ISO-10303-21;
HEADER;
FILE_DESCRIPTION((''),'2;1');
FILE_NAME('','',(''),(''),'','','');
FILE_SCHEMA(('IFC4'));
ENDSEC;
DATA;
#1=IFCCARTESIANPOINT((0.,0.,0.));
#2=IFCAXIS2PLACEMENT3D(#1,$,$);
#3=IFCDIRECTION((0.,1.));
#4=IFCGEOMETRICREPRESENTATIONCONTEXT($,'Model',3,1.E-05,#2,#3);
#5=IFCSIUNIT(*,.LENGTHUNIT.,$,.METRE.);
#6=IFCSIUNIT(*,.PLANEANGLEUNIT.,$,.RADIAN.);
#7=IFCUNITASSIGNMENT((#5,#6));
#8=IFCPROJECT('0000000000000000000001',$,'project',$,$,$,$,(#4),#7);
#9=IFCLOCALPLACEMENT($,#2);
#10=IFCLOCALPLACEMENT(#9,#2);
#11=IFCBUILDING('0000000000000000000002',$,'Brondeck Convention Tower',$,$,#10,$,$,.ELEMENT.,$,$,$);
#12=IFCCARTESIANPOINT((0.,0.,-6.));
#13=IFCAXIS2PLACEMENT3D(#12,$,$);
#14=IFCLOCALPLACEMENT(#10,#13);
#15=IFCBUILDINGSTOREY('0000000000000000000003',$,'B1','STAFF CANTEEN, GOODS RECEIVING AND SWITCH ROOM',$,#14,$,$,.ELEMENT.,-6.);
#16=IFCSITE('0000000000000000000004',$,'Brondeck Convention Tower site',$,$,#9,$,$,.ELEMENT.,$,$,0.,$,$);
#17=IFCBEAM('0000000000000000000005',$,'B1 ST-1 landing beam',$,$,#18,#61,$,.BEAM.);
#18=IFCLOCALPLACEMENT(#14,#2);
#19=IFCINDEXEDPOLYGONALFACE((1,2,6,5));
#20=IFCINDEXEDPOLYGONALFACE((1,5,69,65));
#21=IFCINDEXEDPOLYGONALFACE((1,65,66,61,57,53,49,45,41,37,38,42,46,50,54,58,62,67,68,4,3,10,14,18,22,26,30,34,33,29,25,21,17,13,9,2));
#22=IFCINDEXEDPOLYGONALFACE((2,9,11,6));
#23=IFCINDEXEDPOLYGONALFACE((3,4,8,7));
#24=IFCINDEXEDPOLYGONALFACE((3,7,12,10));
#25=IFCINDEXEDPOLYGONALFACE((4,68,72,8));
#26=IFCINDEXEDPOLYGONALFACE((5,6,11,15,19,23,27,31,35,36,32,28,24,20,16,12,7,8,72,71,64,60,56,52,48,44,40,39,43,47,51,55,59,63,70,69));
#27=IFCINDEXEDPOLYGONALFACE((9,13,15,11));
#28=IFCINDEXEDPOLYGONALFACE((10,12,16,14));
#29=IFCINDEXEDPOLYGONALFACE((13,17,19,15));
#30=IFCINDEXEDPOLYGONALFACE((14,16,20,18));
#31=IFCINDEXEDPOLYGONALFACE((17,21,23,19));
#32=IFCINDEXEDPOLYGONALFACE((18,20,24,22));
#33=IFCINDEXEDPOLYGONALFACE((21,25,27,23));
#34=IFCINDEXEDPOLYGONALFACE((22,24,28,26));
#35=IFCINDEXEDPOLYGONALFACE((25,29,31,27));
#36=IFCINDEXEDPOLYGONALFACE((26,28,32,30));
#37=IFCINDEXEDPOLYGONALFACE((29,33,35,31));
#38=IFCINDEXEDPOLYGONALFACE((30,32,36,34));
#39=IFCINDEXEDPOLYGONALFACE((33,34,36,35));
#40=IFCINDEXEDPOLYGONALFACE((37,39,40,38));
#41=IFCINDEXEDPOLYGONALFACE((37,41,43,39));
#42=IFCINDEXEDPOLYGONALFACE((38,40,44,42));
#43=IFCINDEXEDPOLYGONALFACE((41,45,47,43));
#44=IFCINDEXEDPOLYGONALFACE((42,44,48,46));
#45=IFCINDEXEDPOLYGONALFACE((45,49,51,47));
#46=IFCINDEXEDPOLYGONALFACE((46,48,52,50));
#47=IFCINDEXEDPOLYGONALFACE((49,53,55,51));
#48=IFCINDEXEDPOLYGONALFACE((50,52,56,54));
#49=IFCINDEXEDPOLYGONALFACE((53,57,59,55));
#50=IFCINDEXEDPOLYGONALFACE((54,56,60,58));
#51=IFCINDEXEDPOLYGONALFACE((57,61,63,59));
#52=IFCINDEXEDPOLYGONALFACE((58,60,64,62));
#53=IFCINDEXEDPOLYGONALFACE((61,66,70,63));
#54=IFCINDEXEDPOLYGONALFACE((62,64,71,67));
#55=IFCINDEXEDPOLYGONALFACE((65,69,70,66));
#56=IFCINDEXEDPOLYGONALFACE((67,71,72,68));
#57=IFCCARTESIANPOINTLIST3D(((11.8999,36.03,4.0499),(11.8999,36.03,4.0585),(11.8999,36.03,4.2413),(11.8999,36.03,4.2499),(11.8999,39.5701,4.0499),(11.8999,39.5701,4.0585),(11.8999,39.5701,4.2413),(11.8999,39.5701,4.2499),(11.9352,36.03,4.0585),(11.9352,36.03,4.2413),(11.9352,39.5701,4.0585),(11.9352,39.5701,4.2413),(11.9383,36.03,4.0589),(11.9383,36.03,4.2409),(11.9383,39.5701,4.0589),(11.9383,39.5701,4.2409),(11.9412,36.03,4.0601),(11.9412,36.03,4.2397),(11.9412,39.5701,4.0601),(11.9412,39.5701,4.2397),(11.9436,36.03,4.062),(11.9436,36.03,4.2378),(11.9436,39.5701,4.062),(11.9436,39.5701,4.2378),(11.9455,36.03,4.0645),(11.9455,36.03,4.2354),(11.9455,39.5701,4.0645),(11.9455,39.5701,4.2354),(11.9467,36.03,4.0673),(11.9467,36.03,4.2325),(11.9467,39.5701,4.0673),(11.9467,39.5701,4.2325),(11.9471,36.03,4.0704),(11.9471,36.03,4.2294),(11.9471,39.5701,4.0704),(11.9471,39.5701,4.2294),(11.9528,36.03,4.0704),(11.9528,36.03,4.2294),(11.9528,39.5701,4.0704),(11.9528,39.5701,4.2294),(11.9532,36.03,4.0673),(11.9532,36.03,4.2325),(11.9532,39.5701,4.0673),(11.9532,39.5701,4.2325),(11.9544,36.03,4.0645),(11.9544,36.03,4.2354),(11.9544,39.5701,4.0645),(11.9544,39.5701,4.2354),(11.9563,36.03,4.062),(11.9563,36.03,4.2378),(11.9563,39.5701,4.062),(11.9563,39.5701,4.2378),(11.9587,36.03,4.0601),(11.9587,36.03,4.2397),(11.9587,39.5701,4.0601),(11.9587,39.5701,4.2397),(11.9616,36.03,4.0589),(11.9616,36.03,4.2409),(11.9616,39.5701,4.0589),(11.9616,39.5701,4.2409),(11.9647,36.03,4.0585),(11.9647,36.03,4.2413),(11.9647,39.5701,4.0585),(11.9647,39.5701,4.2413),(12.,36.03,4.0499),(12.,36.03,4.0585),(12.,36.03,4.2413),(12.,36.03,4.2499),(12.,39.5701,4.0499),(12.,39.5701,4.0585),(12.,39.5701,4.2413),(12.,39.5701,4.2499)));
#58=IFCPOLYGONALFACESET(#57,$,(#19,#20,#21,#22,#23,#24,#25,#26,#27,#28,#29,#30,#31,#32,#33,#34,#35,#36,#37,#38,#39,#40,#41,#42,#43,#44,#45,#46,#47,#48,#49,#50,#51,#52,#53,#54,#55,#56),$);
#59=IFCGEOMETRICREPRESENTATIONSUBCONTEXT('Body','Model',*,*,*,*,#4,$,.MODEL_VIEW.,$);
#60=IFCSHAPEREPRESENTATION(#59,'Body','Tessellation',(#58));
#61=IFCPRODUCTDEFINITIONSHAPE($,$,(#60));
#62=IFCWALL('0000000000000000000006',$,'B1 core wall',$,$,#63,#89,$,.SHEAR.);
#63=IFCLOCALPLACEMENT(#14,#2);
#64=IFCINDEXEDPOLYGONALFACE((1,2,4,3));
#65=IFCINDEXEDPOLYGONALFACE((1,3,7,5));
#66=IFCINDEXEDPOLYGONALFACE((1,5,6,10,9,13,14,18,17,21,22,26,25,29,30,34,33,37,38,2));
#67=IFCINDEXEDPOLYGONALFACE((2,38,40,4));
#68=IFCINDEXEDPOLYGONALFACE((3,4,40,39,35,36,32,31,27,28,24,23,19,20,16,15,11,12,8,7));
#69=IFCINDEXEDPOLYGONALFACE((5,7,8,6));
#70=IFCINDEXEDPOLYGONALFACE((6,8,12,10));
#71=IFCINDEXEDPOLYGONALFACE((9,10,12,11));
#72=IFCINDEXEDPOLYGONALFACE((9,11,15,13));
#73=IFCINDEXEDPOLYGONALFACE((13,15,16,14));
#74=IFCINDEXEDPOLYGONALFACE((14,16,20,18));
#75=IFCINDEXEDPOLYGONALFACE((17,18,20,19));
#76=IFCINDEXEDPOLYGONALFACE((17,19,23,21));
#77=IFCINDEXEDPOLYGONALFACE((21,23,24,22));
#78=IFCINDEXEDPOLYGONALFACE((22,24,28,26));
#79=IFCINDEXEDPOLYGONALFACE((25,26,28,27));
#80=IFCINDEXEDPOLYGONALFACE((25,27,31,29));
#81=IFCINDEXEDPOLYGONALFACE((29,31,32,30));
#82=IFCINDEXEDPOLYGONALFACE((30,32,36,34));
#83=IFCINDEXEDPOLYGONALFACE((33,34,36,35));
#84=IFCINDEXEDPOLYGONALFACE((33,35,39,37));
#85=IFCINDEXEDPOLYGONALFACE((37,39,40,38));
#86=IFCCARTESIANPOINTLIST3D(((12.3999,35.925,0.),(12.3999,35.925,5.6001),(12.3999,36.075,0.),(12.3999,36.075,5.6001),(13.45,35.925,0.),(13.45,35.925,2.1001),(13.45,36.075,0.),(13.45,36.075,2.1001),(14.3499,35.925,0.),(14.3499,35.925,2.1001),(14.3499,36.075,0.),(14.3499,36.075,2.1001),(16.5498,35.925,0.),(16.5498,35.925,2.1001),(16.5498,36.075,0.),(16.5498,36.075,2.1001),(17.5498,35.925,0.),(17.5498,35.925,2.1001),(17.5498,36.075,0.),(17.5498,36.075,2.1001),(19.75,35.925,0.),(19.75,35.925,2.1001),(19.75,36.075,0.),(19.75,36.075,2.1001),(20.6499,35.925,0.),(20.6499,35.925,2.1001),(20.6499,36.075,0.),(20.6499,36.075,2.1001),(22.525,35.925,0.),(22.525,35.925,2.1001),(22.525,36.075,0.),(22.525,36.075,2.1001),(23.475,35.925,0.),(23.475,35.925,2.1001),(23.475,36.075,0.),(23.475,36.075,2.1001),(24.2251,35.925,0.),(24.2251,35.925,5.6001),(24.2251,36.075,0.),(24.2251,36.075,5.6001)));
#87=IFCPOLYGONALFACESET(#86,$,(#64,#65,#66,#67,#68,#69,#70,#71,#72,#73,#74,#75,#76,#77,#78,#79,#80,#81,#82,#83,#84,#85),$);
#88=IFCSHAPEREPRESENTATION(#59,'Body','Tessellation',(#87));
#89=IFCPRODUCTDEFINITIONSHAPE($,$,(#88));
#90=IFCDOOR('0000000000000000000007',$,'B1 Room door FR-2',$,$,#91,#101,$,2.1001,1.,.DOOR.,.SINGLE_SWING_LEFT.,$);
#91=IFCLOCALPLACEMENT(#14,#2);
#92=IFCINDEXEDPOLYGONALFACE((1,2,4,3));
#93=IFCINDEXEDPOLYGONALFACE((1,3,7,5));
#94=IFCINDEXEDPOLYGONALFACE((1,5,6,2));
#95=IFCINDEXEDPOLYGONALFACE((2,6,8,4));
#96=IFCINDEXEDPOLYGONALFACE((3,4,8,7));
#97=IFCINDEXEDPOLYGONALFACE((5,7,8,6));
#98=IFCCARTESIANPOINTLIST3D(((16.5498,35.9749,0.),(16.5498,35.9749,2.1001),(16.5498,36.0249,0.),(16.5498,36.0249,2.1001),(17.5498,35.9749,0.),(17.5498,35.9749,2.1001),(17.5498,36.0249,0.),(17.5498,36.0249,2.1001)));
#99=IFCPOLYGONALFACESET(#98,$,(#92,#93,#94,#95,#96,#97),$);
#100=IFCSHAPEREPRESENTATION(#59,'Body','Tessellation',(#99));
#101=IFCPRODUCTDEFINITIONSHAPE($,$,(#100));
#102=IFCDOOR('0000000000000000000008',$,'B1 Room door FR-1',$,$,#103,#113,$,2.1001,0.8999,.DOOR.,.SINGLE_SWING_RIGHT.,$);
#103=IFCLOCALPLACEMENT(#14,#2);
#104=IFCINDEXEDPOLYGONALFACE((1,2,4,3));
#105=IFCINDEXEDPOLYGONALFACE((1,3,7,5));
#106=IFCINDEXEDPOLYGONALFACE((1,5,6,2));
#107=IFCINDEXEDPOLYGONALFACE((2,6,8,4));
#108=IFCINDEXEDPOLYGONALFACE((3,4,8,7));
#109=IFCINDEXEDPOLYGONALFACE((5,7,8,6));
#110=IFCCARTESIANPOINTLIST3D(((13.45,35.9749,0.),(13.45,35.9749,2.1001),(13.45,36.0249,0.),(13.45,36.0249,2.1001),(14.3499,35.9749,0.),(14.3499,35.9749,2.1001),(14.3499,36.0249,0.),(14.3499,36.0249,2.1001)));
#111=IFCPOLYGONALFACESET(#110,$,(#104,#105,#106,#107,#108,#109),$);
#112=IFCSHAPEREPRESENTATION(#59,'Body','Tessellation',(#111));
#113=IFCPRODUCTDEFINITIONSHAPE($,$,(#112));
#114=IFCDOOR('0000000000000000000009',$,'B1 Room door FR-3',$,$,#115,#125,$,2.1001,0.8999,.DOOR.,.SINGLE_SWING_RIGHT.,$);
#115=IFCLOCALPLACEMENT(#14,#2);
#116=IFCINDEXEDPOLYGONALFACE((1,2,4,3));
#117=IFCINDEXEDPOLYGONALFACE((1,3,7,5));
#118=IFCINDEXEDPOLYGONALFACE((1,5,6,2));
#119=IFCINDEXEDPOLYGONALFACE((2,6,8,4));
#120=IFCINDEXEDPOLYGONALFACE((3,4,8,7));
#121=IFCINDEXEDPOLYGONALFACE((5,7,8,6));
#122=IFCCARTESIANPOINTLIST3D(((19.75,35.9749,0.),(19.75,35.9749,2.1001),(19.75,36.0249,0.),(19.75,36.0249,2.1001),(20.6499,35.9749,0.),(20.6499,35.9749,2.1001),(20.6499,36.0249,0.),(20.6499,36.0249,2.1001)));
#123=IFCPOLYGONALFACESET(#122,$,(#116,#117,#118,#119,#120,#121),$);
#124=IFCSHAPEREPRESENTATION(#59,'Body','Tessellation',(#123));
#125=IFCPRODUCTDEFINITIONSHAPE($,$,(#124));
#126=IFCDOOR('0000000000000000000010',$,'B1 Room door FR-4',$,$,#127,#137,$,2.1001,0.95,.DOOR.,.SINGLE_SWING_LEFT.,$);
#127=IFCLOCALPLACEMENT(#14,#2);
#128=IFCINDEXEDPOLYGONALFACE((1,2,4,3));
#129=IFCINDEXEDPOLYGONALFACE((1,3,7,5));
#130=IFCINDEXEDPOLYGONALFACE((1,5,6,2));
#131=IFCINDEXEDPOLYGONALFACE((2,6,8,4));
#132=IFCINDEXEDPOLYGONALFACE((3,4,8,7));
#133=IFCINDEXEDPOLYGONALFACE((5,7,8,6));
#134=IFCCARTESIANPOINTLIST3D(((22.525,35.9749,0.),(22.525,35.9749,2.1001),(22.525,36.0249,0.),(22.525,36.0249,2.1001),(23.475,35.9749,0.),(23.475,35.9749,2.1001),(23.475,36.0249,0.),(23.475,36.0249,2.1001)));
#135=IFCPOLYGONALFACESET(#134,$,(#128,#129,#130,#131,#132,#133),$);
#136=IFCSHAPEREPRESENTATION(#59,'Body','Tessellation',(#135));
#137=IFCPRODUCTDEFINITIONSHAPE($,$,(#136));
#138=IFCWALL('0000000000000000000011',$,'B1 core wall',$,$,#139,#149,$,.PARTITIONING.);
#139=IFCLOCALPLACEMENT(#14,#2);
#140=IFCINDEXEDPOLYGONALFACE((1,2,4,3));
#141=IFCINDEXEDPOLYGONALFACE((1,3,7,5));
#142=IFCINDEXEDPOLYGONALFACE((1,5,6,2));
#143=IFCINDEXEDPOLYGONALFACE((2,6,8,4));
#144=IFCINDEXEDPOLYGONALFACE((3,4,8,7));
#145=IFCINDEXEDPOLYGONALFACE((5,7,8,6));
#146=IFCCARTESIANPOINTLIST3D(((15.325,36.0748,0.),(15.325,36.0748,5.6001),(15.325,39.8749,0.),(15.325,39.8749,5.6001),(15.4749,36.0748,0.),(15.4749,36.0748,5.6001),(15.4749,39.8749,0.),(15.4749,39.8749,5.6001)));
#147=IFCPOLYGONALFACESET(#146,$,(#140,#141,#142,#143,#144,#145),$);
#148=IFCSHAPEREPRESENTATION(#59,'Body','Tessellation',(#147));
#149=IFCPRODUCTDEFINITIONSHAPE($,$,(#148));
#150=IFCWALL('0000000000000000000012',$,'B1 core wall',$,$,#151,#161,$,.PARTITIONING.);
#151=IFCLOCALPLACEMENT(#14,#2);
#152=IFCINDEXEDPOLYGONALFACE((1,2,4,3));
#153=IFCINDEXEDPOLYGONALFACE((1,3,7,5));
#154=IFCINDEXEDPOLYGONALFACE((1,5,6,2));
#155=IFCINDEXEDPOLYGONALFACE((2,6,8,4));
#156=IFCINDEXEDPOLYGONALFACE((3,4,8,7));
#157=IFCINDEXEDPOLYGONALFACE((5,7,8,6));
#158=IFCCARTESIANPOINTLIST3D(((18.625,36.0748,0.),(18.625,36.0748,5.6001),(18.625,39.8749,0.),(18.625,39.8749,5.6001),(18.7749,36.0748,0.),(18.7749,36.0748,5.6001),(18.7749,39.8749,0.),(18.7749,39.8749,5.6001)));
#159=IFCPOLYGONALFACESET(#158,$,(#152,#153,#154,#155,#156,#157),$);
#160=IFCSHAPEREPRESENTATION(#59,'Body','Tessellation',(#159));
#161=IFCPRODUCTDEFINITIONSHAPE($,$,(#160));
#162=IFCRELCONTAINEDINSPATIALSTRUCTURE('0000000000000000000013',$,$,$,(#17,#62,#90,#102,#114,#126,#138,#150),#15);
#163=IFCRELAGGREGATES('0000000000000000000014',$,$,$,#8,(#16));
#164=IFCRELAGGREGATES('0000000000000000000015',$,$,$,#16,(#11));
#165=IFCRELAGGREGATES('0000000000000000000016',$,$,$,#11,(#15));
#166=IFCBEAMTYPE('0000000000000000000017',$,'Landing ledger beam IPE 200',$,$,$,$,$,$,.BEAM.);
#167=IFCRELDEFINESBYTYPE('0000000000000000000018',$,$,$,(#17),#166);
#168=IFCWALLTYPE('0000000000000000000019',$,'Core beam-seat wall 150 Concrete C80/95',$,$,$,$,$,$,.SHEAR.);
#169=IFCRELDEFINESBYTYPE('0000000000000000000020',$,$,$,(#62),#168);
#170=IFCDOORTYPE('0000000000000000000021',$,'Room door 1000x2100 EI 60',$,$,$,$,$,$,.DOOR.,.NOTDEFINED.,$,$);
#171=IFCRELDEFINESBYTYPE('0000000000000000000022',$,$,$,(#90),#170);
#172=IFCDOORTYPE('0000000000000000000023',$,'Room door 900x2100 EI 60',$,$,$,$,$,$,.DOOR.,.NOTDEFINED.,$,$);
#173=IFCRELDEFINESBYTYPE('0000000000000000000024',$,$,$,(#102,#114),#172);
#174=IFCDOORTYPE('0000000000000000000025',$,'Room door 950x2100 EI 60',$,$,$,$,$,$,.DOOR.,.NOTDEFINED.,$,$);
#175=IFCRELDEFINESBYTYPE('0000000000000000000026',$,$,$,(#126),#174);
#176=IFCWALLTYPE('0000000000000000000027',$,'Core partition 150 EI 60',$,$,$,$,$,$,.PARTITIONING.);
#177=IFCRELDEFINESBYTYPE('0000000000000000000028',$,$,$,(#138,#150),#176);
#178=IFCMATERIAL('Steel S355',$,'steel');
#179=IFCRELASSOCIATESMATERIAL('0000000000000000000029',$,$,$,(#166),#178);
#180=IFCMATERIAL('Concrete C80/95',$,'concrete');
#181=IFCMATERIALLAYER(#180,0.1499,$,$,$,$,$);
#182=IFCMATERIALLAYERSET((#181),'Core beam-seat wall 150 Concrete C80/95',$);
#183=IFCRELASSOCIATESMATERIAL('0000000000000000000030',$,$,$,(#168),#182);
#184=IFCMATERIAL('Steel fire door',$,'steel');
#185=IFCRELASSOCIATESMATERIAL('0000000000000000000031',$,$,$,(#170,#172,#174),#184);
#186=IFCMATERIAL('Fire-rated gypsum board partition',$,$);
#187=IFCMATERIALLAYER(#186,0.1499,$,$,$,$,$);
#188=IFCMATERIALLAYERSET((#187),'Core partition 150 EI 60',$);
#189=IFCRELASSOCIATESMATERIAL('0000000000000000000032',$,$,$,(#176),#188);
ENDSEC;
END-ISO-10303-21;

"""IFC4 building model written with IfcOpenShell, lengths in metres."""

from ifc_helpers import new_model, si_unit, direction, frame, frame_2d, origin, origin_2d, place, context, subcontext, project, spatial, rectangle, i_section, extrude, material, layer, layer_set, material_profile, profile_set, type_object, element, fill, save


model = new_model("IFC4")

# Units and contexts
model_context = context("Model", 3, precision=1e-05, world=origin(), true_north=direction((0.0, 1.0)))
body_context = subcontext(model_context, "Body", "Model", "MODEL_VIEW")
ifc_project = project(units=[si_unit("LENGTHUNIT", "METRE"), si_unit("PLANEANGLEUNIT", "RADIAN")], contexts=[model_context])

# Site, building, storey
site_placement = place(None, origin())
site = spatial("IfcSite", under=ifc_project, at=site_placement, Name="Brondeck Convention Tower site", CompositionType="ELEMENT", RefElevation=0.0)
building_placement = place(site_placement, origin())
building = spatial("IfcBuilding", under=site, at=building_placement, Name="Brondeck Convention Tower", CompositionType="ELEMENT")
storey_placement = place(building_placement, frame((0.0, 0.0, -6.0)))
storey = spatial("IfcBuildingStorey", under=building, at=storey_placement, Name="B1", Description="STAFF CANTEEN, GOODS RECEIVING AND SWITCH ROOM", CompositionType="ELEMENT", Elevation=-6.0)

# Beam
ifc_material_1 = material(Name="Steel S355", Category="steel")
ifc_material_profile_1 = material_profile(ifc_material_1, i_section(OverallWidth=0.1001, OverallDepth=0.2, WebThickness=0.0056, FlangeThickness=0.0085, FilletRadius=0.012, at=origin_2d()), Name="IPE200")
ifc_profile_set_1 = profile_set([ifc_material_profile_1], Name="Steel S355")
beam_type = type_object("IfcBeamType", Name="Landing ledger beam IPE 200", PredefinedType="BEAM", material=ifc_profile_set_1)
for number, where, z_axis, x_axis, name in (
    (1, (11.95, 36.03, 4.1499), (0.0, 1.0, 0.0), (-1.0, 0.0, 0.0), "B1 ST-1 landing beam"),
):
    element("IfcBeam", number, at=place(storey_placement, frame(where, z_axis=z_axis, x_axis=x_axis)), inside=storey, type_object=beam_type, Name=name, PredefinedType="BEAM", context=body_context, shape_type="SweptSolid", body=[
        extrude(i_section(OverallWidth=0.1001, OverallDepth=0.2, WebThickness=0.0056, FlangeThickness=0.0085, FilletRadius=0.012, at=origin_2d()), origin(), (0.0, 0.0, 1.0), 3.54),
    ])

# Wall, openings, doors
ifc_material_2 = material(Name="Concrete C80/95", Category="concrete")
ifc_layer_1 = layer(ifc_material_2, 0.1499)
ifc_layer_set_1 = layer_set([ifc_layer_1], Name="Core beam-seat wall 150 Concrete C80/95")
wall_type_1 = type_object("IfcWallType", Name="Core beam-seat wall 150 Concrete C80/95", PredefinedType="SHEAR", material=ifc_layer_set_1)
wall_1_placement = place(storey_placement, frame((12.3999, 36.0, 0.0), z_axis=(0.0, 0.0, 1.0), x_axis=(1.0, 0.0, 0.0)))
wall_1 = element("IfcWall", 2, at=wall_1_placement, inside=storey, type_object=wall_type_1, Name="B1 core wall", PredefinedType="SHEAR", context=body_context, shape_type="SweptSolid", body=[
    extrude(rectangle(XDim=11.8252, YDim=0.1499, at=frame_2d((5.9126, 0.0))), origin(), (0.0, 0.0, 1.0), 5.6001),
])
opening_1_placement = place(wall_1_placement, frame((1.05, 0.0, 0.0)))
opening_1 = element("IfcOpeningElement", 3, at=opening_1_placement, cuts=wall_1, PredefinedType="OPENING", context=body_context, shape_type="SweptSolid", body=[
    extrude(rectangle(XDim=0.8999, YDim=2.1001, at=frame_2d((0.45, 1.05))), frame((0.0, 0.085, 0.0), z_axis=(0.0, -1.0, 0.0), x_axis=(1.0, 0.0, 0.0)), (0.0, 0.0, 1.0), 0.1699),
])
opening_2_placement = place(wall_1_placement, frame((4.1499, 0.0, 0.0)))
opening_2 = element("IfcOpeningElement", 4, at=opening_2_placement, cuts=wall_1, PredefinedType="OPENING", context=body_context, shape_type="SweptSolid", body=[
    extrude(rectangle(XDim=1.0, YDim=2.1001, at=frame_2d((0.5, 1.05))), frame((0.0, 0.085, 0.0), z_axis=(0.0, -1.0, 0.0), x_axis=(1.0, 0.0, 0.0)), (0.0, 0.0, 1.0), 0.1699),
])
opening_3_placement = place(wall_1_placement, frame((7.3501, 0.0, 0.0)))
opening_3 = element("IfcOpeningElement", 5, at=opening_3_placement, cuts=wall_1, PredefinedType="OPENING", context=body_context, shape_type="SweptSolid", body=[
    extrude(rectangle(XDim=0.8999, YDim=2.1001, at=frame_2d((0.45, 1.05))), frame((0.0, 0.085, 0.0), z_axis=(0.0, -1.0, 0.0), x_axis=(1.0, 0.0, 0.0)), (0.0, 0.0, 1.0), 0.1699),
])
opening_4_placement = place(wall_1_placement, frame((10.125, 0.0, 0.0)))
opening_4 = element("IfcOpeningElement", 6, at=opening_4_placement, cuts=wall_1, PredefinedType="OPENING", context=body_context, shape_type="SweptSolid", body=[
    extrude(rectangle(XDim=0.95, YDim=2.1001, at=frame_2d((0.4751, 1.05))), frame((0.0, 0.085, 0.0), z_axis=(0.0, -1.0, 0.0), x_axis=(1.0, 0.0, 0.0)), (0.0, 0.0, 1.0), 0.1699),
])
ifc_material_3 = material(Name="Steel fire door", Category="steel")
door_type_1 = type_object("IfcDoorType", Name="Room door 1000x2100 EI 60", OperationType="NOTDEFINED", PredefinedType="DOOR", material=ifc_material_3)
door_1_placement = place(opening_2_placement, origin())
door_1 = element("IfcDoor", 7, at=door_1_placement, inside=storey, type_object=door_type_1, Name="B1 Room door FR-2", OperationType="SINGLE_SWING_LEFT", OverallHeight=2.1001, OverallWidth=1.0, PredefinedType="DOOR", context=body_context, shape_type="SweptSolid", body=[
    extrude(rectangle(XDim=1.0, YDim=2.1001, at=frame_2d((0.5, 1.05))), frame((0.0, 0.0249, 0.0), z_axis=(0.0, -1.0, 0.0), x_axis=(1.0, 0.0, 0.0)), (0.0, 0.0, 1.0), 0.05),
])
fill(opening_2, door_1)
door_type_2 = type_object("IfcDoorType", Name="Room door 900x2100 EI 60", OperationType="NOTDEFINED", PredefinedType="DOOR", material=ifc_material_3)
door_2_placement = place(opening_1_placement, origin())
door_2 = element("IfcDoor", 8, at=door_2_placement, inside=storey, type_object=door_type_2, Name="B1 Room door FR-1", OperationType="SINGLE_SWING_RIGHT", OverallHeight=2.1001, OverallWidth=0.8999, PredefinedType="DOOR", context=body_context, shape_type="SweptSolid", body=[
    extrude(rectangle(XDim=0.8999, YDim=2.1001, at=frame_2d((0.45, 1.05))), frame((0.0, 0.0249, 0.0), z_axis=(0.0, -1.0, 0.0), x_axis=(1.0, 0.0, 0.0)), (0.0, 0.0, 1.0), 0.05),
])
fill(opening_1, door_2)
door_3_placement = place(opening_3_placement, origin())
door_3 = element("IfcDoor", 9, at=door_3_placement, inside=storey, type_object=door_type_2, Name="B1 Room door FR-3", OperationType="SINGLE_SWING_RIGHT", OverallHeight=2.1001, OverallWidth=0.8999, PredefinedType="DOOR", context=body_context, shape_type="SweptSolid", body=[
    extrude(rectangle(XDim=0.8999, YDim=2.1001, at=frame_2d((0.45, 1.05))), frame((0.0, 0.0249, 0.0), z_axis=(0.0, -1.0, 0.0), x_axis=(1.0, 0.0, 0.0)), (0.0, 0.0, 1.0), 0.05),
])
fill(opening_3, door_3)
door_type_3 = type_object("IfcDoorType", Name="Room door 950x2100 EI 60", OperationType="NOTDEFINED", PredefinedType="DOOR", material=ifc_material_3)
door_4_placement = place(opening_4_placement, origin())
door_4 = element("IfcDoor", 10, at=door_4_placement, inside=storey, type_object=door_type_3, Name="B1 Room door FR-4", OperationType="SINGLE_SWING_LEFT", OverallHeight=2.1001, OverallWidth=0.95, PredefinedType="DOOR", context=body_context, shape_type="SweptSolid", body=[
    extrude(rectangle(XDim=0.95, YDim=2.1001, at=frame_2d((0.4751, 1.05))), frame((0.0, 0.0249, 0.0), z_axis=(0.0, -1.0, 0.0), x_axis=(1.0, 0.0, 0.0)), (0.0, 0.0, 1.0), 0.05),
])
fill(opening_4, door_4)

# Walls
ifc_material_4 = material(Name="Fire-rated gypsum board partition")
ifc_layer_2 = layer(ifc_material_4, 0.1499)
ifc_layer_set_2 = layer_set([ifc_layer_2], Name="Core partition 150 EI 60")
wall_type_2 = type_object("IfcWallType", Name="Core partition 150 EI 60", PredefinedType="PARTITIONING", material=ifc_layer_set_2)
for number, where, z_axis, x_axis, name in (
    (11, (15.3999, 36.075, 0.0), (0.0, 0.0, 1.0), (0.0, 1.0, 0.0), "B1 core wall"),
    (12, (18.7, 36.075, 0.0), (0.0, 0.0, 1.0), (0.0, 1.0, 0.0), "B1 core wall"),
):
    element("IfcWall", number, at=place(storey_placement, frame(where, z_axis=z_axis, x_axis=x_axis)), inside=storey, type_object=wall_type_2, Name=name, PredefinedType="PARTITIONING", context=body_context, shape_type="SweptSolid", body=[
        extrude(rectangle(XDim=3.8, YDim=0.1499, at=frame_2d((1.8999, 0.0))), origin(), (0.0, 0.0, 1.0), 5.6001),
    ])

save(model, "model.ifc")
